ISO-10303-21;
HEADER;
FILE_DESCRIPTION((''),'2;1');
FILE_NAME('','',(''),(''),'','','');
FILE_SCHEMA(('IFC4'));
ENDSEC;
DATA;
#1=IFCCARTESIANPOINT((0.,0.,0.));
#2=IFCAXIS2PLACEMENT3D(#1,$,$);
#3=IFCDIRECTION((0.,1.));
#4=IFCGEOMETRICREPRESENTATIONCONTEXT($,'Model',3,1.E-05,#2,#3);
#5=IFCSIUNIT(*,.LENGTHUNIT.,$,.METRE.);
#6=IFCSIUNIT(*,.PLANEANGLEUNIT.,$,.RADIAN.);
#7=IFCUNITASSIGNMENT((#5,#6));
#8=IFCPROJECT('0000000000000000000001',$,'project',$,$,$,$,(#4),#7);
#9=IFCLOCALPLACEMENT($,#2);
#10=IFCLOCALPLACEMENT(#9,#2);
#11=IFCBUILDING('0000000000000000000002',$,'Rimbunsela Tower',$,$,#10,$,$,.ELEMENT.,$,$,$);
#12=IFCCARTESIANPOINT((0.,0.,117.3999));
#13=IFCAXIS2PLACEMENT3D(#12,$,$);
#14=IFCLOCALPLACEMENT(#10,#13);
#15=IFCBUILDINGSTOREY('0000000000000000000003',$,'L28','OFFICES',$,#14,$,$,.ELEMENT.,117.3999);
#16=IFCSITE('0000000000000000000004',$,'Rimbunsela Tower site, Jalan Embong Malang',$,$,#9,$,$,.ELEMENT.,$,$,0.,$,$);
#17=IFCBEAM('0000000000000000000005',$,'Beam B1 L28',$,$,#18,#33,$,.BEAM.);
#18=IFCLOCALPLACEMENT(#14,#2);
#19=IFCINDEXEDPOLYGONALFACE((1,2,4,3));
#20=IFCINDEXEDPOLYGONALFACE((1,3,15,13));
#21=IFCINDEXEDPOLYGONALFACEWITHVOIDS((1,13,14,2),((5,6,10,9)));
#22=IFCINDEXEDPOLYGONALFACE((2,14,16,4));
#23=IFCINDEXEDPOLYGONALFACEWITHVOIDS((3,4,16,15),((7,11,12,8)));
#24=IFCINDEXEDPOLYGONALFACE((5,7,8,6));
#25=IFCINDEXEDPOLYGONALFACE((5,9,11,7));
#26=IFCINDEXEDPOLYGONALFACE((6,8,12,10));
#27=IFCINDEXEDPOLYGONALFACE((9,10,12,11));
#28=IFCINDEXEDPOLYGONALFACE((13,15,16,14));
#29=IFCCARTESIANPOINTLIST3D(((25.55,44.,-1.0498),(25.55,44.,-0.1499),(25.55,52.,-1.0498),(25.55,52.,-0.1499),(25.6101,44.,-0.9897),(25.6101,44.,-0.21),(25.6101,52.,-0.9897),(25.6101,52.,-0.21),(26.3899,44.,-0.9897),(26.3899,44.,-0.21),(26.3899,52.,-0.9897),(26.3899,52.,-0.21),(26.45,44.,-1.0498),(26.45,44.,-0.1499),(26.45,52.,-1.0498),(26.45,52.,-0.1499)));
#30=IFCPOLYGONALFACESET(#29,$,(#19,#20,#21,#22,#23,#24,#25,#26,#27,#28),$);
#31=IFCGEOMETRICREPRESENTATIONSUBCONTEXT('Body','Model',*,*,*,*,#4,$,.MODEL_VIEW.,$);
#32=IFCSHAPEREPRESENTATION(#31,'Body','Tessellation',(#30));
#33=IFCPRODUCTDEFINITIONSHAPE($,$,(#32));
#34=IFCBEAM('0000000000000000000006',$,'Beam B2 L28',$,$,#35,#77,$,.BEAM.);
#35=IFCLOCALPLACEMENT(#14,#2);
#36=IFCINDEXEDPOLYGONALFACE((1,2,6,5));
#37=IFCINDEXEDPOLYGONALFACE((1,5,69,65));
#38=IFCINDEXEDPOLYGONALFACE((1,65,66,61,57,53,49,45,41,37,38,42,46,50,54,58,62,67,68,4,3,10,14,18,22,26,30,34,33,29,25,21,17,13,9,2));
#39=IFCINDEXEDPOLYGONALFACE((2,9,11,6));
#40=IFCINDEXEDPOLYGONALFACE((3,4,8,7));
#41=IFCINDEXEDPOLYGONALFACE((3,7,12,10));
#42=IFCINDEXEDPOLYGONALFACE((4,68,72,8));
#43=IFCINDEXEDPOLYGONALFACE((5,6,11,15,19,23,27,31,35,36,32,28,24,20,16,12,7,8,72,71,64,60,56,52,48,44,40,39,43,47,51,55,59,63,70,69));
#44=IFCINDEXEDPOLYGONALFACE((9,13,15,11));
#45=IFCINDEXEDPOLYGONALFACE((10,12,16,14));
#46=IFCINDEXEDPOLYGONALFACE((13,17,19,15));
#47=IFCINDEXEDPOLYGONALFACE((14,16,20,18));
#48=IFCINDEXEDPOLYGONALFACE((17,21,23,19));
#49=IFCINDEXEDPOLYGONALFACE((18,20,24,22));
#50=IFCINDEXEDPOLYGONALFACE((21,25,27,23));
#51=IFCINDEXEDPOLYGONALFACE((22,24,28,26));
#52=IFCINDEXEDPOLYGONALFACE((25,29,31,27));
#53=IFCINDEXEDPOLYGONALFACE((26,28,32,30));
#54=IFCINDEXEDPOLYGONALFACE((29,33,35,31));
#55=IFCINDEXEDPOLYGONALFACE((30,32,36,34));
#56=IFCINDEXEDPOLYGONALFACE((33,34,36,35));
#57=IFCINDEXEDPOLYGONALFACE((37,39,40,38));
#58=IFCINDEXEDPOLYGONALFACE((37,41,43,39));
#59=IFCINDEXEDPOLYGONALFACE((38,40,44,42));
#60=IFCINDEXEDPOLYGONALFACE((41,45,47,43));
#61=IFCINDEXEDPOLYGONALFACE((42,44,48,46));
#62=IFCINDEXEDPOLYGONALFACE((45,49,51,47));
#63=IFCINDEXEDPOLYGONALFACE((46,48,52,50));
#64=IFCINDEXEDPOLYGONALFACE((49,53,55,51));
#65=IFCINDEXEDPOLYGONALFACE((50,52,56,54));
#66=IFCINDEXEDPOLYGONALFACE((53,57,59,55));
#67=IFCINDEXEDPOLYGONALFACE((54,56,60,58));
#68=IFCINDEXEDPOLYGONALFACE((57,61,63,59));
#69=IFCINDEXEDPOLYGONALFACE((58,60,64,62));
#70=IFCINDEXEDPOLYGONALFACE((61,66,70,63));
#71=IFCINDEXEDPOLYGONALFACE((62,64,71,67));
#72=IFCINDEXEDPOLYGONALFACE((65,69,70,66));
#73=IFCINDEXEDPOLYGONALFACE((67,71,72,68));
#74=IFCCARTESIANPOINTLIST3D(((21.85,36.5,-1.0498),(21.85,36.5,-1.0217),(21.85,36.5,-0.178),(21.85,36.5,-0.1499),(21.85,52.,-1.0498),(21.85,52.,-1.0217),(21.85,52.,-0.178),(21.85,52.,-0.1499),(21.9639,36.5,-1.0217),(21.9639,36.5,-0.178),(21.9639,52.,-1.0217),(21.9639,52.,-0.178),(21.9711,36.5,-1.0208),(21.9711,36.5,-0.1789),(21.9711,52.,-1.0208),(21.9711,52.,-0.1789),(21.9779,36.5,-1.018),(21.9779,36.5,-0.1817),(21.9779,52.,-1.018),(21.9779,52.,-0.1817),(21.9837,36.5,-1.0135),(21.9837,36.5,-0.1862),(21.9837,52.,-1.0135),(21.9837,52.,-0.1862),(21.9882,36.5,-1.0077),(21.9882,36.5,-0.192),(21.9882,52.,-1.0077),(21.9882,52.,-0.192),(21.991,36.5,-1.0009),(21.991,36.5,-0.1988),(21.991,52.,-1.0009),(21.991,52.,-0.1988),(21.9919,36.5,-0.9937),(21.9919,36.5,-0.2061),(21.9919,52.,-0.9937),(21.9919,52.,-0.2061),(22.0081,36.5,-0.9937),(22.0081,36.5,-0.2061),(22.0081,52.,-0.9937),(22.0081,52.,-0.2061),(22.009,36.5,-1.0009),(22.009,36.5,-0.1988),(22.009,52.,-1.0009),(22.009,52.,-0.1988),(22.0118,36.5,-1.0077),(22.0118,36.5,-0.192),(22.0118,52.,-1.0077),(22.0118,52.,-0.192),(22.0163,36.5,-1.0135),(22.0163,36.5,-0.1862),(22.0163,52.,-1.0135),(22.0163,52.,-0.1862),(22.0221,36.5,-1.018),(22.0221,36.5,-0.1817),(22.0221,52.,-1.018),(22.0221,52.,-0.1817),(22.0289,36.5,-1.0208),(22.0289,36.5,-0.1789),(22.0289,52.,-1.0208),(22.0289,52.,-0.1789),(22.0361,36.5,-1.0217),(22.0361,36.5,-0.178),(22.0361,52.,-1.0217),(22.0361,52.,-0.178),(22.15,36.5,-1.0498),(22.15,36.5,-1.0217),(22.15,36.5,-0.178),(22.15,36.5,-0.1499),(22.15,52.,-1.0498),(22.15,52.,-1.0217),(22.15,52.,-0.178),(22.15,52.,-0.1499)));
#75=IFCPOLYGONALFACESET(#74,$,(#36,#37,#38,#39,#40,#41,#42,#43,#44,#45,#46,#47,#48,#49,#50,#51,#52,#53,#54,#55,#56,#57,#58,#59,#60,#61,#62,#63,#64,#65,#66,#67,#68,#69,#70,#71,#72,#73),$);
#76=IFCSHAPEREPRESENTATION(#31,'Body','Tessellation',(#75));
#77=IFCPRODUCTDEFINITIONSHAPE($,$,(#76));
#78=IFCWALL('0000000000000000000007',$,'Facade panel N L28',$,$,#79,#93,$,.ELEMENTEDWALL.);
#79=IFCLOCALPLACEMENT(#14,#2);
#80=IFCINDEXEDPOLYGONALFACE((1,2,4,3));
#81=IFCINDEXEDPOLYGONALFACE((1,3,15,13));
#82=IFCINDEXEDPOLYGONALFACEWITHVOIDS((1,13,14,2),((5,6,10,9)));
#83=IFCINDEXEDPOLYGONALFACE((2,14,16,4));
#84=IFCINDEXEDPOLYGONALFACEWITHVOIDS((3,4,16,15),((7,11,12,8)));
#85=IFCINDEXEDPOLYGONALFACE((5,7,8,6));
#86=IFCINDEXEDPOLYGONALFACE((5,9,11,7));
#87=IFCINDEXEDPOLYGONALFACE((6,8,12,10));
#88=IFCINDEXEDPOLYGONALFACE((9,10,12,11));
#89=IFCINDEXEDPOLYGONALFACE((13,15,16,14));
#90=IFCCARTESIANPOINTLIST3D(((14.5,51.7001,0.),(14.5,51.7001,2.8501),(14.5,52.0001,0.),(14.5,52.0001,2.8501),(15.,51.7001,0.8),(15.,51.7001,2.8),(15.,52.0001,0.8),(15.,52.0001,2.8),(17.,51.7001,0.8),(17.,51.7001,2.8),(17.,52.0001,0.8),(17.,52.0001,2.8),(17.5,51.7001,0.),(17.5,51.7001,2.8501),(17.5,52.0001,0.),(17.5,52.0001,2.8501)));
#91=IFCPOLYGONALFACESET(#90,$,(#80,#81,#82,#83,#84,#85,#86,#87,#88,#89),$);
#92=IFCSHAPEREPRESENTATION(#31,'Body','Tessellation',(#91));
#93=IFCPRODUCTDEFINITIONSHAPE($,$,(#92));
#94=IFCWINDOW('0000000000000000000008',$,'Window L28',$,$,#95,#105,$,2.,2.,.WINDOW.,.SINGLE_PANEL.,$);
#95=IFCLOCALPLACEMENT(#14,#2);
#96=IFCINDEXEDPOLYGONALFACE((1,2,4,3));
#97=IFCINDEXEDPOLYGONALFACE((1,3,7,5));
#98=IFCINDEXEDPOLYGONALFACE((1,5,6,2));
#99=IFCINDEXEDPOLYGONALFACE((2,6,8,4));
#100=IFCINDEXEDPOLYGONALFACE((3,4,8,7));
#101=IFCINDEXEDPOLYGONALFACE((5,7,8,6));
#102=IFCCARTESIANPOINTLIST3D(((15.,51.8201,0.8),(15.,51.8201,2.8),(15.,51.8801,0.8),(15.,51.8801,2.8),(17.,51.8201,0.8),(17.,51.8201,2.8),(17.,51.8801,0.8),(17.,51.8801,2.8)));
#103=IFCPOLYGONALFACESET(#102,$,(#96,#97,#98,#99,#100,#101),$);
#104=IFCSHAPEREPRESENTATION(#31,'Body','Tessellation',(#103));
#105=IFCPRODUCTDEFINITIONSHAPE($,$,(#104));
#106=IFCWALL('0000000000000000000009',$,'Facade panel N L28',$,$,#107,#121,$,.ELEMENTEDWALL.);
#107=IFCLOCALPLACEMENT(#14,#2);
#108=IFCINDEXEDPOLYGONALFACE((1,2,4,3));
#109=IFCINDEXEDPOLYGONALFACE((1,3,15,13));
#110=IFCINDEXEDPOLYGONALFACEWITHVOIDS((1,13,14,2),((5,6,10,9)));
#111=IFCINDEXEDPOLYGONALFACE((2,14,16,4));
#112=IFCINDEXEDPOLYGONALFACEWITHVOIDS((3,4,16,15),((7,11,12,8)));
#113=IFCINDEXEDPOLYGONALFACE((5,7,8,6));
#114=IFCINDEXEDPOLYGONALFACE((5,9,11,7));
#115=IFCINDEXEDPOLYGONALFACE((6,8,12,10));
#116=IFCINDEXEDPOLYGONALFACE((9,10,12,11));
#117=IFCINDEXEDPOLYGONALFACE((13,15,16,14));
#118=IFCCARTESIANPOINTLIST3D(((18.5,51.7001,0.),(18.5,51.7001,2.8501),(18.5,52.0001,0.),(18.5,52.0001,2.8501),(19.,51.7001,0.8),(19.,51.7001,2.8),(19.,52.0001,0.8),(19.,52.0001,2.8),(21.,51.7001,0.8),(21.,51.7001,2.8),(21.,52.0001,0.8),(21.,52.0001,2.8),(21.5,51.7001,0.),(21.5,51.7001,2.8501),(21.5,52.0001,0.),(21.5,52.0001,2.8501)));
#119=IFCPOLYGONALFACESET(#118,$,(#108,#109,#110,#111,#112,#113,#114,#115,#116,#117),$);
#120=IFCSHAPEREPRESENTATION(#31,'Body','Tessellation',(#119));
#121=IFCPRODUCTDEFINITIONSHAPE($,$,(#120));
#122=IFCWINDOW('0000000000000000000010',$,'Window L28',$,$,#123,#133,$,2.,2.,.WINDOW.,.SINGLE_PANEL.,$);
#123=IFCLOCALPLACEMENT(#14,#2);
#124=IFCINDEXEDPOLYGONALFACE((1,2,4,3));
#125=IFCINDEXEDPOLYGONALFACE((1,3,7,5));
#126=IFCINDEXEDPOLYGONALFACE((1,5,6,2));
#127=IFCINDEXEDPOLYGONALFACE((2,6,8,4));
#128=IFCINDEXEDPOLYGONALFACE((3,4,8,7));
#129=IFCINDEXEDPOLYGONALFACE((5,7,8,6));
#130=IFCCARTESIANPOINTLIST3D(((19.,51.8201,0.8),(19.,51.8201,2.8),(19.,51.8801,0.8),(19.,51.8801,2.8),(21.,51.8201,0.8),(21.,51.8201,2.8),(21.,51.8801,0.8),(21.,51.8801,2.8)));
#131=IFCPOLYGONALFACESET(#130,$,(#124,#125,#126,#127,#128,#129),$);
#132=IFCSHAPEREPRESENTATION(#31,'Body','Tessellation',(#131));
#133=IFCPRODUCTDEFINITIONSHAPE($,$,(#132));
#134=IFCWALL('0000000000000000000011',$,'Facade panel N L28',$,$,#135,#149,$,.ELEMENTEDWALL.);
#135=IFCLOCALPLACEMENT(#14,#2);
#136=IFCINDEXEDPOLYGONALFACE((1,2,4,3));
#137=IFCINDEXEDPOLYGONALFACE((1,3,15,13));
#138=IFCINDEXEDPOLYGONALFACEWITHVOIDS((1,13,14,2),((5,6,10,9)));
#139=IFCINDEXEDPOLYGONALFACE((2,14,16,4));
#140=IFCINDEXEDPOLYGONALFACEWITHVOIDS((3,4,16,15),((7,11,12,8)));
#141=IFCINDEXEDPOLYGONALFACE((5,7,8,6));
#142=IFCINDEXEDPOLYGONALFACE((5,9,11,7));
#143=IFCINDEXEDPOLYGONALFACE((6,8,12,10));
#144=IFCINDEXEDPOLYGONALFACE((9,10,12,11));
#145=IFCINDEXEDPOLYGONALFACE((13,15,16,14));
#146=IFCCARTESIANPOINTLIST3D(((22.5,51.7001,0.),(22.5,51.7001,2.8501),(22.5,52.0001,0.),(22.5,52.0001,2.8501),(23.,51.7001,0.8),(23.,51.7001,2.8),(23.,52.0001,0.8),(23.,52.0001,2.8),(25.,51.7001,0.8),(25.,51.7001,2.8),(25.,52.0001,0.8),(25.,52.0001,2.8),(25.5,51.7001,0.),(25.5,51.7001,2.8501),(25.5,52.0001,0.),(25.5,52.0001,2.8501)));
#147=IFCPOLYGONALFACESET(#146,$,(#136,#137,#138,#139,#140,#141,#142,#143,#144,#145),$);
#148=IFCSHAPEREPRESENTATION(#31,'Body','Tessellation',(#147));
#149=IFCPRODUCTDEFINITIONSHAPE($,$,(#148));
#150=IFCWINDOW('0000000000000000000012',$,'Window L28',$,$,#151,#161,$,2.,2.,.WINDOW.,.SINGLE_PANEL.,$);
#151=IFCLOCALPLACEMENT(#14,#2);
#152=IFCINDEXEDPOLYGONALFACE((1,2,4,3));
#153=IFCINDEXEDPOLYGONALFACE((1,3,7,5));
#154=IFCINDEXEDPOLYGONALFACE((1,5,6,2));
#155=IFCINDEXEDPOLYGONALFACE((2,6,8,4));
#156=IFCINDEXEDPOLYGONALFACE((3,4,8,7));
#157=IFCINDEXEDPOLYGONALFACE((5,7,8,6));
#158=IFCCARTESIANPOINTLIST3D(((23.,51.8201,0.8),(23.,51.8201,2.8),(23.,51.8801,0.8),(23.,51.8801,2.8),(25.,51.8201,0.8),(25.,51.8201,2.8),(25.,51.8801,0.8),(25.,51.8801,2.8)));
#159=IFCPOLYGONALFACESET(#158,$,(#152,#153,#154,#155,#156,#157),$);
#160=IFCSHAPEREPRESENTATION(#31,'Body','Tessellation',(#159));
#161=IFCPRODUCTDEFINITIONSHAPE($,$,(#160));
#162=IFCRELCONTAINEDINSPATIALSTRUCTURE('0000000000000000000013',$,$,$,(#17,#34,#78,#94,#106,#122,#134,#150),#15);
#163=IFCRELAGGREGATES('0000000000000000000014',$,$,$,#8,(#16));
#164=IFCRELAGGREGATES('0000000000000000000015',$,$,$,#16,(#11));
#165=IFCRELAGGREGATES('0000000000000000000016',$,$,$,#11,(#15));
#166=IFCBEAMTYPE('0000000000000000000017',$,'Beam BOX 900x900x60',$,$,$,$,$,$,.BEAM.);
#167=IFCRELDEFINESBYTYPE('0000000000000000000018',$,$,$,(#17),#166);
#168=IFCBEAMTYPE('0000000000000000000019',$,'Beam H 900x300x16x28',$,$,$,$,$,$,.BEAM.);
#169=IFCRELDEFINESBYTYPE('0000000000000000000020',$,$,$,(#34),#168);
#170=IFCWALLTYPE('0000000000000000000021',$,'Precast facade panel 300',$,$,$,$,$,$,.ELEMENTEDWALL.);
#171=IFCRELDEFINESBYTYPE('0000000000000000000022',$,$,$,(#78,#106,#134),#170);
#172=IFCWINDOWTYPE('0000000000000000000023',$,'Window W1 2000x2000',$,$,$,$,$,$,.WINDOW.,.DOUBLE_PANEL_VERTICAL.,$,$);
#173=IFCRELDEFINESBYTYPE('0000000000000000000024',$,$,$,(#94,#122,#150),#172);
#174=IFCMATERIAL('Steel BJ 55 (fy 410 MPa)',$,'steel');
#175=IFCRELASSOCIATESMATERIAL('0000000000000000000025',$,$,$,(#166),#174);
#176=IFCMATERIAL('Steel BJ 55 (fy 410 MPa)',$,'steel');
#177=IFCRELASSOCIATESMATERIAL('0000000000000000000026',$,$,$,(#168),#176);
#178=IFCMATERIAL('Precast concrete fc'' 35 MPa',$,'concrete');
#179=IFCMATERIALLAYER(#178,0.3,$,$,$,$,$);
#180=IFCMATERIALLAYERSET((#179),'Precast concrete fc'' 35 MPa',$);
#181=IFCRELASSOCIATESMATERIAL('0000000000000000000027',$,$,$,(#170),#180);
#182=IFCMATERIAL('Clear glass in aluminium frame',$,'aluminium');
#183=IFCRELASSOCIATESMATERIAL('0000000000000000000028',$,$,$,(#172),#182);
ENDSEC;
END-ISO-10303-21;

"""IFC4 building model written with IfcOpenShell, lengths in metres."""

from ifc_helpers import new_model, si_unit, direction, frame, frame_2d, origin, origin_2d, place, context, subcontext, project, spatial, rectangle, hollow_rectangle, i_section, extrude, material, layer, layer_set, material_profile, profile_set, type_object, element, fill, save


model = new_model("IFC4")

# Units and contexts
model_context = context("Model", 3, precision=1e-05, world=origin(), true_north=direction((0.0, 1.0)))
body_context = subcontext(model_context, "Body", "Model", "MODEL_VIEW")
ifc_project = project(units=[si_unit("LENGTHUNIT", "METRE"), si_unit("PLANEANGLEUNIT", "RADIAN")], contexts=[model_context])

# Site, building, storey
site_placement = place(None, origin())
site = spatial("IfcSite", under=ifc_project, at=site_placement, Name="Rimbunsela Tower site, Jalan Embong Malang", CompositionType="ELEMENT", RefElevation=0.0)
building_placement = place(site_placement, origin())
building = spatial("IfcBuilding", under=site, at=building_placement, Name="Rimbunsela Tower", CompositionType="ELEMENT")
storey_placement = place(building_placement, frame((0.0, 0.0, 117.3999)))
storey = spatial("IfcBuildingStorey", under=building, at=storey_placement, Name="L28", Description="OFFICES", CompositionType="ELEMENT", Elevation=117.3999)

# Beams
ifc_material_1 = material(Name="Steel BJ 55 (fy 410 MPa)", Category="steel")
ifc_material_profile_1 = material_profile(ifc_material_1, hollow_rectangle(XDim=0.8999, YDim=0.8999, WallThickness=0.0601, at=origin_2d()), Name="BOX 900x900x60")
ifc_profile_set_1 = profile_set([ifc_material_profile_1], Name="Steel BJ 55 (fy 410 MPa)")
beam_type_1 = type_object("IfcBeamType", Name="Beam BOX 900x900x60", PredefinedType="BEAM", material=ifc_profile_set_1)
beam_1_placement = place(storey_placement, frame((26.0, 44.0, -0.5999), z_axis=(0.0, 1.0, 0.0), x_axis=(-1.0, 0.0, 0.0)))
element("IfcBeam", 1, at=beam_1_placement, inside=storey, type_object=beam_type_1, Name="Beam B1 L28", PredefinedType="BEAM", context=body_context, shape_type="SweptSolid", body=[
    extrude(hollow_rectangle(XDim=0.8999, YDim=0.8999, WallThickness=0.0601, at=origin_2d()), origin(), (0.0, 0.0, 1.0), 8.0),
])
ifc_material_2 = material(Name="Steel BJ 55 (fy 410 MPa)", Category="steel")
ifc_material_profile_2 = material_profile(ifc_material_2, i_section(OverallWidth=0.3, OverallDepth=0.8999, WebThickness=0.0161, FlangeThickness=0.0281, FilletRadius=0.0281, at=origin_2d()), Name="H 900x300x16x28")
ifc_profile_set_2 = profile_set([ifc_material_profile_2], Name="Steel BJ 55 (fy 410 MPa)")
beam_type_2 = type_object("IfcBeamType", Name="Beam H 900x300x16x28", PredefinedType="BEAM", material=ifc_profile_set_2)
beam_2_placement = place(storey_placement, frame((22.0, 36.5, -0.5999), z_axis=(0.0, 1.0, 0.0), x_axis=(-1.0, 0.0, 0.0)))
element("IfcBeam", 2, at=beam_2_placement, inside=storey, type_object=beam_type_2, Name="Beam B2 L28", PredefinedType="BEAM", context=body_context, shape_type="SweptSolid", body=[
    extrude(i_section(OverallWidth=0.3, OverallDepth=0.8999, WebThickness=0.0161, FlangeThickness=0.0281, FilletRadius=0.0281, at=origin_2d()), origin(), (0.0, 0.0, 1.0), 15.5),
])

# Walls, openings, windows
ifc_material_3 = material(Name="Precast concrete fc' 35 MPa", Category="concrete")
ifc_layer_1 = layer(ifc_material_3, 0.3)
ifc_layer_set_1 = layer_set([ifc_layer_1], Name="Precast concrete fc' 35 MPa")
wall_type_1 = type_object("IfcWallType", Name="Precast facade panel 300", PredefinedType="ELEMENTEDWALL", material=ifc_layer_set_1)
wall_1_placement = place(storey_placement, frame((17.5, 51.8501, 0.0), z_axis=(0.0, 0.0, 1.0), x_axis=(-1.0, 0.0, 0.0)))
wall_1 = element("IfcWall", 3, at=wall_1_placement, inside=storey, type_object=wall_type_1, Name="Facade panel N L28", PredefinedType="ELEMENTEDWALL", context=body_context, shape_type="SweptSolid", body=[
    extrude(rectangle(XDim=3.0, YDim=0.3, at=frame_2d((1.5, 0.0))), origin(), (0.0, 0.0, 1.0), 2.8501),
])
opening_1_placement = place(wall_1_placement, frame((0.5, 0.0, 0.8)))
opening_1 = element("IfcOpeningElement", 4, at=opening_1_placement, cuts=wall_1, PredefinedType="OPENING", context=body_context, shape_type="SweptSolid", body=[
    extrude(rectangle(XDim=2.0, YDim=2.0, at=frame_2d((1.0, 1.0))), frame((0.0, 0.1599, 0.0), z_axis=(0.0, -1.0, 0.0), x_axis=(1.0, 0.0, 0.0)), (0.0, 0.0, 1.0), 0.3201),
])
ifc_material_4 = material(Name="Clear glass in aluminium frame", Category="aluminium")
window_type = type_object("IfcWindowType", Name="Window W1 2000x2000", PartitioningType="DOUBLE_PANEL_VERTICAL", PredefinedType="WINDOW", material=ifc_material_4)
window_1_placement = place(opening_1_placement, origin())
window_1 = element("IfcWindow", 5, at=window_1_placement, inside=storey, type_object=window_type, Name="Window L28", OverallHeight=2.0, OverallWidth=2.0, PartitioningType="SINGLE_PANEL", PredefinedType="WINDOW", context=body_context, shape_type="SweptSolid", body=[
    extrude(rectangle(XDim=2.0, YDim=2.0, at=frame_2d((1.0, 1.0))), frame((0.0, 0.03, 0.0), z_axis=(0.0, -1.0, 0.0), x_axis=(1.0, 0.0, 0.0)), (0.0, 0.0, 1.0), 0.0601),
])
fill(opening_1, window_1)
wall_2_placement = place(storey_placement, frame((21.5, 51.8501, 0.0), z_axis=(0.0, 0.0, 1.0), x_axis=(-1.0, 0.0, 0.0)))
wall_2 = element("IfcWall", 6, at=wall_2_placement, inside=storey, type_object=wall_type_1, Name="Facade panel N L28", PredefinedType="ELEMENTEDWALL", context=body_context, shape_type="SweptSolid", body=[
    extrude(rectangle(XDim=3.0, YDim=0.3, at=frame_2d((1.5, 0.0))), origin(), (0.0, 0.0, 1.0), 2.8501),
])
opening_2_placement = place(wall_2_placement, frame((0.5, 0.0, 0.8)))
opening_2 = element("IfcOpeningElement", 7, at=opening_2_placement, cuts=wall_2, PredefinedType="OPENING", context=body_context, shape_type="SweptSolid", body=[
    extrude(rectangle(XDim=2.0, YDim=2.0, at=frame_2d((1.0, 1.0))), frame((0.0, 0.1599, 0.0), z_axis=(0.0, -1.0, 0.0), x_axis=(1.0, 0.0, 0.0)), (0.0, 0.0, 1.0), 0.3201),
])
window_2_placement = place(opening_2_placement, origin())
window_2 = element("IfcWindow", 8, at=window_2_placement, inside=storey, type_object=window_type, Name="Window L28", OverallHeight=2.0, OverallWidth=2.0, PartitioningType="SINGLE_PANEL", PredefinedType="WINDOW", context=body_context, shape_type="SweptSolid", body=[
    extrude(rectangle(XDim=2.0, YDim=2.0, at=frame_2d((1.0, 1.0))), frame((0.0, 0.03, 0.0), z_axis=(0.0, -1.0, 0.0), x_axis=(1.0, 0.0, 0.0)), (0.0, 0.0, 1.0), 0.0601),
])
fill(opening_2, window_2)
wall_3_placement = place(storey_placement, frame((25.5, 51.8501, 0.0), z_axis=(0.0, 0.0, 1.0), x_axis=(-1.0, 0.0, 0.0)))
wall_3 = element("IfcWall", 9, at=wall_3_placement, inside=storey, type_object=wall_type_1, Name="Facade panel N L28", PredefinedType="ELEMENTEDWALL", context=body_context, shape_type="SweptSolid", body=[
    extrude(rectangle(XDim=3.0, YDim=0.3, at=frame_2d((1.5, 0.0))), origin(), (0.0, 0.0, 1.0), 2.8501),
])
opening_3_placement = place(wall_3_placement, frame((0.5, 0.0, 0.8)))
opening_3 = element("IfcOpeningElement", 10, at=opening_3_placement, cuts=wall_3, PredefinedType="OPENING", context=body_context, shape_type="SweptSolid", body=[
    extrude(rectangle(XDim=2.0, YDim=2.0, at=frame_2d((1.0, 1.0))), frame((0.0, 0.1599, 0.0), z_axis=(0.0, -1.0, 0.0), x_axis=(1.0, 0.0, 0.0)), (0.0, 0.0, 1.0), 0.3201),
])
window_3_placement = place(opening_3_placement, origin())
window_3 = element("IfcWindow", 11, at=window_3_placement, inside=storey, type_object=window_type, Name="Window L28", OverallHeight=2.0, OverallWidth=2.0, PartitioningType="SINGLE_PANEL", PredefinedType="WINDOW", context=body_context, shape_type="SweptSolid", body=[
    extrude(rectangle(XDim=2.0, YDim=2.0, at=frame_2d((1.0, 1.0))), frame((0.0, 0.03, 0.0), z_axis=(0.0, -1.0, 0.0), x_axis=(1.0, 0.0, 0.0)), (0.0, 0.0, 1.0), 0.0601),
])
fill(opening_3, window_3)

save(model, "model.ifc")
